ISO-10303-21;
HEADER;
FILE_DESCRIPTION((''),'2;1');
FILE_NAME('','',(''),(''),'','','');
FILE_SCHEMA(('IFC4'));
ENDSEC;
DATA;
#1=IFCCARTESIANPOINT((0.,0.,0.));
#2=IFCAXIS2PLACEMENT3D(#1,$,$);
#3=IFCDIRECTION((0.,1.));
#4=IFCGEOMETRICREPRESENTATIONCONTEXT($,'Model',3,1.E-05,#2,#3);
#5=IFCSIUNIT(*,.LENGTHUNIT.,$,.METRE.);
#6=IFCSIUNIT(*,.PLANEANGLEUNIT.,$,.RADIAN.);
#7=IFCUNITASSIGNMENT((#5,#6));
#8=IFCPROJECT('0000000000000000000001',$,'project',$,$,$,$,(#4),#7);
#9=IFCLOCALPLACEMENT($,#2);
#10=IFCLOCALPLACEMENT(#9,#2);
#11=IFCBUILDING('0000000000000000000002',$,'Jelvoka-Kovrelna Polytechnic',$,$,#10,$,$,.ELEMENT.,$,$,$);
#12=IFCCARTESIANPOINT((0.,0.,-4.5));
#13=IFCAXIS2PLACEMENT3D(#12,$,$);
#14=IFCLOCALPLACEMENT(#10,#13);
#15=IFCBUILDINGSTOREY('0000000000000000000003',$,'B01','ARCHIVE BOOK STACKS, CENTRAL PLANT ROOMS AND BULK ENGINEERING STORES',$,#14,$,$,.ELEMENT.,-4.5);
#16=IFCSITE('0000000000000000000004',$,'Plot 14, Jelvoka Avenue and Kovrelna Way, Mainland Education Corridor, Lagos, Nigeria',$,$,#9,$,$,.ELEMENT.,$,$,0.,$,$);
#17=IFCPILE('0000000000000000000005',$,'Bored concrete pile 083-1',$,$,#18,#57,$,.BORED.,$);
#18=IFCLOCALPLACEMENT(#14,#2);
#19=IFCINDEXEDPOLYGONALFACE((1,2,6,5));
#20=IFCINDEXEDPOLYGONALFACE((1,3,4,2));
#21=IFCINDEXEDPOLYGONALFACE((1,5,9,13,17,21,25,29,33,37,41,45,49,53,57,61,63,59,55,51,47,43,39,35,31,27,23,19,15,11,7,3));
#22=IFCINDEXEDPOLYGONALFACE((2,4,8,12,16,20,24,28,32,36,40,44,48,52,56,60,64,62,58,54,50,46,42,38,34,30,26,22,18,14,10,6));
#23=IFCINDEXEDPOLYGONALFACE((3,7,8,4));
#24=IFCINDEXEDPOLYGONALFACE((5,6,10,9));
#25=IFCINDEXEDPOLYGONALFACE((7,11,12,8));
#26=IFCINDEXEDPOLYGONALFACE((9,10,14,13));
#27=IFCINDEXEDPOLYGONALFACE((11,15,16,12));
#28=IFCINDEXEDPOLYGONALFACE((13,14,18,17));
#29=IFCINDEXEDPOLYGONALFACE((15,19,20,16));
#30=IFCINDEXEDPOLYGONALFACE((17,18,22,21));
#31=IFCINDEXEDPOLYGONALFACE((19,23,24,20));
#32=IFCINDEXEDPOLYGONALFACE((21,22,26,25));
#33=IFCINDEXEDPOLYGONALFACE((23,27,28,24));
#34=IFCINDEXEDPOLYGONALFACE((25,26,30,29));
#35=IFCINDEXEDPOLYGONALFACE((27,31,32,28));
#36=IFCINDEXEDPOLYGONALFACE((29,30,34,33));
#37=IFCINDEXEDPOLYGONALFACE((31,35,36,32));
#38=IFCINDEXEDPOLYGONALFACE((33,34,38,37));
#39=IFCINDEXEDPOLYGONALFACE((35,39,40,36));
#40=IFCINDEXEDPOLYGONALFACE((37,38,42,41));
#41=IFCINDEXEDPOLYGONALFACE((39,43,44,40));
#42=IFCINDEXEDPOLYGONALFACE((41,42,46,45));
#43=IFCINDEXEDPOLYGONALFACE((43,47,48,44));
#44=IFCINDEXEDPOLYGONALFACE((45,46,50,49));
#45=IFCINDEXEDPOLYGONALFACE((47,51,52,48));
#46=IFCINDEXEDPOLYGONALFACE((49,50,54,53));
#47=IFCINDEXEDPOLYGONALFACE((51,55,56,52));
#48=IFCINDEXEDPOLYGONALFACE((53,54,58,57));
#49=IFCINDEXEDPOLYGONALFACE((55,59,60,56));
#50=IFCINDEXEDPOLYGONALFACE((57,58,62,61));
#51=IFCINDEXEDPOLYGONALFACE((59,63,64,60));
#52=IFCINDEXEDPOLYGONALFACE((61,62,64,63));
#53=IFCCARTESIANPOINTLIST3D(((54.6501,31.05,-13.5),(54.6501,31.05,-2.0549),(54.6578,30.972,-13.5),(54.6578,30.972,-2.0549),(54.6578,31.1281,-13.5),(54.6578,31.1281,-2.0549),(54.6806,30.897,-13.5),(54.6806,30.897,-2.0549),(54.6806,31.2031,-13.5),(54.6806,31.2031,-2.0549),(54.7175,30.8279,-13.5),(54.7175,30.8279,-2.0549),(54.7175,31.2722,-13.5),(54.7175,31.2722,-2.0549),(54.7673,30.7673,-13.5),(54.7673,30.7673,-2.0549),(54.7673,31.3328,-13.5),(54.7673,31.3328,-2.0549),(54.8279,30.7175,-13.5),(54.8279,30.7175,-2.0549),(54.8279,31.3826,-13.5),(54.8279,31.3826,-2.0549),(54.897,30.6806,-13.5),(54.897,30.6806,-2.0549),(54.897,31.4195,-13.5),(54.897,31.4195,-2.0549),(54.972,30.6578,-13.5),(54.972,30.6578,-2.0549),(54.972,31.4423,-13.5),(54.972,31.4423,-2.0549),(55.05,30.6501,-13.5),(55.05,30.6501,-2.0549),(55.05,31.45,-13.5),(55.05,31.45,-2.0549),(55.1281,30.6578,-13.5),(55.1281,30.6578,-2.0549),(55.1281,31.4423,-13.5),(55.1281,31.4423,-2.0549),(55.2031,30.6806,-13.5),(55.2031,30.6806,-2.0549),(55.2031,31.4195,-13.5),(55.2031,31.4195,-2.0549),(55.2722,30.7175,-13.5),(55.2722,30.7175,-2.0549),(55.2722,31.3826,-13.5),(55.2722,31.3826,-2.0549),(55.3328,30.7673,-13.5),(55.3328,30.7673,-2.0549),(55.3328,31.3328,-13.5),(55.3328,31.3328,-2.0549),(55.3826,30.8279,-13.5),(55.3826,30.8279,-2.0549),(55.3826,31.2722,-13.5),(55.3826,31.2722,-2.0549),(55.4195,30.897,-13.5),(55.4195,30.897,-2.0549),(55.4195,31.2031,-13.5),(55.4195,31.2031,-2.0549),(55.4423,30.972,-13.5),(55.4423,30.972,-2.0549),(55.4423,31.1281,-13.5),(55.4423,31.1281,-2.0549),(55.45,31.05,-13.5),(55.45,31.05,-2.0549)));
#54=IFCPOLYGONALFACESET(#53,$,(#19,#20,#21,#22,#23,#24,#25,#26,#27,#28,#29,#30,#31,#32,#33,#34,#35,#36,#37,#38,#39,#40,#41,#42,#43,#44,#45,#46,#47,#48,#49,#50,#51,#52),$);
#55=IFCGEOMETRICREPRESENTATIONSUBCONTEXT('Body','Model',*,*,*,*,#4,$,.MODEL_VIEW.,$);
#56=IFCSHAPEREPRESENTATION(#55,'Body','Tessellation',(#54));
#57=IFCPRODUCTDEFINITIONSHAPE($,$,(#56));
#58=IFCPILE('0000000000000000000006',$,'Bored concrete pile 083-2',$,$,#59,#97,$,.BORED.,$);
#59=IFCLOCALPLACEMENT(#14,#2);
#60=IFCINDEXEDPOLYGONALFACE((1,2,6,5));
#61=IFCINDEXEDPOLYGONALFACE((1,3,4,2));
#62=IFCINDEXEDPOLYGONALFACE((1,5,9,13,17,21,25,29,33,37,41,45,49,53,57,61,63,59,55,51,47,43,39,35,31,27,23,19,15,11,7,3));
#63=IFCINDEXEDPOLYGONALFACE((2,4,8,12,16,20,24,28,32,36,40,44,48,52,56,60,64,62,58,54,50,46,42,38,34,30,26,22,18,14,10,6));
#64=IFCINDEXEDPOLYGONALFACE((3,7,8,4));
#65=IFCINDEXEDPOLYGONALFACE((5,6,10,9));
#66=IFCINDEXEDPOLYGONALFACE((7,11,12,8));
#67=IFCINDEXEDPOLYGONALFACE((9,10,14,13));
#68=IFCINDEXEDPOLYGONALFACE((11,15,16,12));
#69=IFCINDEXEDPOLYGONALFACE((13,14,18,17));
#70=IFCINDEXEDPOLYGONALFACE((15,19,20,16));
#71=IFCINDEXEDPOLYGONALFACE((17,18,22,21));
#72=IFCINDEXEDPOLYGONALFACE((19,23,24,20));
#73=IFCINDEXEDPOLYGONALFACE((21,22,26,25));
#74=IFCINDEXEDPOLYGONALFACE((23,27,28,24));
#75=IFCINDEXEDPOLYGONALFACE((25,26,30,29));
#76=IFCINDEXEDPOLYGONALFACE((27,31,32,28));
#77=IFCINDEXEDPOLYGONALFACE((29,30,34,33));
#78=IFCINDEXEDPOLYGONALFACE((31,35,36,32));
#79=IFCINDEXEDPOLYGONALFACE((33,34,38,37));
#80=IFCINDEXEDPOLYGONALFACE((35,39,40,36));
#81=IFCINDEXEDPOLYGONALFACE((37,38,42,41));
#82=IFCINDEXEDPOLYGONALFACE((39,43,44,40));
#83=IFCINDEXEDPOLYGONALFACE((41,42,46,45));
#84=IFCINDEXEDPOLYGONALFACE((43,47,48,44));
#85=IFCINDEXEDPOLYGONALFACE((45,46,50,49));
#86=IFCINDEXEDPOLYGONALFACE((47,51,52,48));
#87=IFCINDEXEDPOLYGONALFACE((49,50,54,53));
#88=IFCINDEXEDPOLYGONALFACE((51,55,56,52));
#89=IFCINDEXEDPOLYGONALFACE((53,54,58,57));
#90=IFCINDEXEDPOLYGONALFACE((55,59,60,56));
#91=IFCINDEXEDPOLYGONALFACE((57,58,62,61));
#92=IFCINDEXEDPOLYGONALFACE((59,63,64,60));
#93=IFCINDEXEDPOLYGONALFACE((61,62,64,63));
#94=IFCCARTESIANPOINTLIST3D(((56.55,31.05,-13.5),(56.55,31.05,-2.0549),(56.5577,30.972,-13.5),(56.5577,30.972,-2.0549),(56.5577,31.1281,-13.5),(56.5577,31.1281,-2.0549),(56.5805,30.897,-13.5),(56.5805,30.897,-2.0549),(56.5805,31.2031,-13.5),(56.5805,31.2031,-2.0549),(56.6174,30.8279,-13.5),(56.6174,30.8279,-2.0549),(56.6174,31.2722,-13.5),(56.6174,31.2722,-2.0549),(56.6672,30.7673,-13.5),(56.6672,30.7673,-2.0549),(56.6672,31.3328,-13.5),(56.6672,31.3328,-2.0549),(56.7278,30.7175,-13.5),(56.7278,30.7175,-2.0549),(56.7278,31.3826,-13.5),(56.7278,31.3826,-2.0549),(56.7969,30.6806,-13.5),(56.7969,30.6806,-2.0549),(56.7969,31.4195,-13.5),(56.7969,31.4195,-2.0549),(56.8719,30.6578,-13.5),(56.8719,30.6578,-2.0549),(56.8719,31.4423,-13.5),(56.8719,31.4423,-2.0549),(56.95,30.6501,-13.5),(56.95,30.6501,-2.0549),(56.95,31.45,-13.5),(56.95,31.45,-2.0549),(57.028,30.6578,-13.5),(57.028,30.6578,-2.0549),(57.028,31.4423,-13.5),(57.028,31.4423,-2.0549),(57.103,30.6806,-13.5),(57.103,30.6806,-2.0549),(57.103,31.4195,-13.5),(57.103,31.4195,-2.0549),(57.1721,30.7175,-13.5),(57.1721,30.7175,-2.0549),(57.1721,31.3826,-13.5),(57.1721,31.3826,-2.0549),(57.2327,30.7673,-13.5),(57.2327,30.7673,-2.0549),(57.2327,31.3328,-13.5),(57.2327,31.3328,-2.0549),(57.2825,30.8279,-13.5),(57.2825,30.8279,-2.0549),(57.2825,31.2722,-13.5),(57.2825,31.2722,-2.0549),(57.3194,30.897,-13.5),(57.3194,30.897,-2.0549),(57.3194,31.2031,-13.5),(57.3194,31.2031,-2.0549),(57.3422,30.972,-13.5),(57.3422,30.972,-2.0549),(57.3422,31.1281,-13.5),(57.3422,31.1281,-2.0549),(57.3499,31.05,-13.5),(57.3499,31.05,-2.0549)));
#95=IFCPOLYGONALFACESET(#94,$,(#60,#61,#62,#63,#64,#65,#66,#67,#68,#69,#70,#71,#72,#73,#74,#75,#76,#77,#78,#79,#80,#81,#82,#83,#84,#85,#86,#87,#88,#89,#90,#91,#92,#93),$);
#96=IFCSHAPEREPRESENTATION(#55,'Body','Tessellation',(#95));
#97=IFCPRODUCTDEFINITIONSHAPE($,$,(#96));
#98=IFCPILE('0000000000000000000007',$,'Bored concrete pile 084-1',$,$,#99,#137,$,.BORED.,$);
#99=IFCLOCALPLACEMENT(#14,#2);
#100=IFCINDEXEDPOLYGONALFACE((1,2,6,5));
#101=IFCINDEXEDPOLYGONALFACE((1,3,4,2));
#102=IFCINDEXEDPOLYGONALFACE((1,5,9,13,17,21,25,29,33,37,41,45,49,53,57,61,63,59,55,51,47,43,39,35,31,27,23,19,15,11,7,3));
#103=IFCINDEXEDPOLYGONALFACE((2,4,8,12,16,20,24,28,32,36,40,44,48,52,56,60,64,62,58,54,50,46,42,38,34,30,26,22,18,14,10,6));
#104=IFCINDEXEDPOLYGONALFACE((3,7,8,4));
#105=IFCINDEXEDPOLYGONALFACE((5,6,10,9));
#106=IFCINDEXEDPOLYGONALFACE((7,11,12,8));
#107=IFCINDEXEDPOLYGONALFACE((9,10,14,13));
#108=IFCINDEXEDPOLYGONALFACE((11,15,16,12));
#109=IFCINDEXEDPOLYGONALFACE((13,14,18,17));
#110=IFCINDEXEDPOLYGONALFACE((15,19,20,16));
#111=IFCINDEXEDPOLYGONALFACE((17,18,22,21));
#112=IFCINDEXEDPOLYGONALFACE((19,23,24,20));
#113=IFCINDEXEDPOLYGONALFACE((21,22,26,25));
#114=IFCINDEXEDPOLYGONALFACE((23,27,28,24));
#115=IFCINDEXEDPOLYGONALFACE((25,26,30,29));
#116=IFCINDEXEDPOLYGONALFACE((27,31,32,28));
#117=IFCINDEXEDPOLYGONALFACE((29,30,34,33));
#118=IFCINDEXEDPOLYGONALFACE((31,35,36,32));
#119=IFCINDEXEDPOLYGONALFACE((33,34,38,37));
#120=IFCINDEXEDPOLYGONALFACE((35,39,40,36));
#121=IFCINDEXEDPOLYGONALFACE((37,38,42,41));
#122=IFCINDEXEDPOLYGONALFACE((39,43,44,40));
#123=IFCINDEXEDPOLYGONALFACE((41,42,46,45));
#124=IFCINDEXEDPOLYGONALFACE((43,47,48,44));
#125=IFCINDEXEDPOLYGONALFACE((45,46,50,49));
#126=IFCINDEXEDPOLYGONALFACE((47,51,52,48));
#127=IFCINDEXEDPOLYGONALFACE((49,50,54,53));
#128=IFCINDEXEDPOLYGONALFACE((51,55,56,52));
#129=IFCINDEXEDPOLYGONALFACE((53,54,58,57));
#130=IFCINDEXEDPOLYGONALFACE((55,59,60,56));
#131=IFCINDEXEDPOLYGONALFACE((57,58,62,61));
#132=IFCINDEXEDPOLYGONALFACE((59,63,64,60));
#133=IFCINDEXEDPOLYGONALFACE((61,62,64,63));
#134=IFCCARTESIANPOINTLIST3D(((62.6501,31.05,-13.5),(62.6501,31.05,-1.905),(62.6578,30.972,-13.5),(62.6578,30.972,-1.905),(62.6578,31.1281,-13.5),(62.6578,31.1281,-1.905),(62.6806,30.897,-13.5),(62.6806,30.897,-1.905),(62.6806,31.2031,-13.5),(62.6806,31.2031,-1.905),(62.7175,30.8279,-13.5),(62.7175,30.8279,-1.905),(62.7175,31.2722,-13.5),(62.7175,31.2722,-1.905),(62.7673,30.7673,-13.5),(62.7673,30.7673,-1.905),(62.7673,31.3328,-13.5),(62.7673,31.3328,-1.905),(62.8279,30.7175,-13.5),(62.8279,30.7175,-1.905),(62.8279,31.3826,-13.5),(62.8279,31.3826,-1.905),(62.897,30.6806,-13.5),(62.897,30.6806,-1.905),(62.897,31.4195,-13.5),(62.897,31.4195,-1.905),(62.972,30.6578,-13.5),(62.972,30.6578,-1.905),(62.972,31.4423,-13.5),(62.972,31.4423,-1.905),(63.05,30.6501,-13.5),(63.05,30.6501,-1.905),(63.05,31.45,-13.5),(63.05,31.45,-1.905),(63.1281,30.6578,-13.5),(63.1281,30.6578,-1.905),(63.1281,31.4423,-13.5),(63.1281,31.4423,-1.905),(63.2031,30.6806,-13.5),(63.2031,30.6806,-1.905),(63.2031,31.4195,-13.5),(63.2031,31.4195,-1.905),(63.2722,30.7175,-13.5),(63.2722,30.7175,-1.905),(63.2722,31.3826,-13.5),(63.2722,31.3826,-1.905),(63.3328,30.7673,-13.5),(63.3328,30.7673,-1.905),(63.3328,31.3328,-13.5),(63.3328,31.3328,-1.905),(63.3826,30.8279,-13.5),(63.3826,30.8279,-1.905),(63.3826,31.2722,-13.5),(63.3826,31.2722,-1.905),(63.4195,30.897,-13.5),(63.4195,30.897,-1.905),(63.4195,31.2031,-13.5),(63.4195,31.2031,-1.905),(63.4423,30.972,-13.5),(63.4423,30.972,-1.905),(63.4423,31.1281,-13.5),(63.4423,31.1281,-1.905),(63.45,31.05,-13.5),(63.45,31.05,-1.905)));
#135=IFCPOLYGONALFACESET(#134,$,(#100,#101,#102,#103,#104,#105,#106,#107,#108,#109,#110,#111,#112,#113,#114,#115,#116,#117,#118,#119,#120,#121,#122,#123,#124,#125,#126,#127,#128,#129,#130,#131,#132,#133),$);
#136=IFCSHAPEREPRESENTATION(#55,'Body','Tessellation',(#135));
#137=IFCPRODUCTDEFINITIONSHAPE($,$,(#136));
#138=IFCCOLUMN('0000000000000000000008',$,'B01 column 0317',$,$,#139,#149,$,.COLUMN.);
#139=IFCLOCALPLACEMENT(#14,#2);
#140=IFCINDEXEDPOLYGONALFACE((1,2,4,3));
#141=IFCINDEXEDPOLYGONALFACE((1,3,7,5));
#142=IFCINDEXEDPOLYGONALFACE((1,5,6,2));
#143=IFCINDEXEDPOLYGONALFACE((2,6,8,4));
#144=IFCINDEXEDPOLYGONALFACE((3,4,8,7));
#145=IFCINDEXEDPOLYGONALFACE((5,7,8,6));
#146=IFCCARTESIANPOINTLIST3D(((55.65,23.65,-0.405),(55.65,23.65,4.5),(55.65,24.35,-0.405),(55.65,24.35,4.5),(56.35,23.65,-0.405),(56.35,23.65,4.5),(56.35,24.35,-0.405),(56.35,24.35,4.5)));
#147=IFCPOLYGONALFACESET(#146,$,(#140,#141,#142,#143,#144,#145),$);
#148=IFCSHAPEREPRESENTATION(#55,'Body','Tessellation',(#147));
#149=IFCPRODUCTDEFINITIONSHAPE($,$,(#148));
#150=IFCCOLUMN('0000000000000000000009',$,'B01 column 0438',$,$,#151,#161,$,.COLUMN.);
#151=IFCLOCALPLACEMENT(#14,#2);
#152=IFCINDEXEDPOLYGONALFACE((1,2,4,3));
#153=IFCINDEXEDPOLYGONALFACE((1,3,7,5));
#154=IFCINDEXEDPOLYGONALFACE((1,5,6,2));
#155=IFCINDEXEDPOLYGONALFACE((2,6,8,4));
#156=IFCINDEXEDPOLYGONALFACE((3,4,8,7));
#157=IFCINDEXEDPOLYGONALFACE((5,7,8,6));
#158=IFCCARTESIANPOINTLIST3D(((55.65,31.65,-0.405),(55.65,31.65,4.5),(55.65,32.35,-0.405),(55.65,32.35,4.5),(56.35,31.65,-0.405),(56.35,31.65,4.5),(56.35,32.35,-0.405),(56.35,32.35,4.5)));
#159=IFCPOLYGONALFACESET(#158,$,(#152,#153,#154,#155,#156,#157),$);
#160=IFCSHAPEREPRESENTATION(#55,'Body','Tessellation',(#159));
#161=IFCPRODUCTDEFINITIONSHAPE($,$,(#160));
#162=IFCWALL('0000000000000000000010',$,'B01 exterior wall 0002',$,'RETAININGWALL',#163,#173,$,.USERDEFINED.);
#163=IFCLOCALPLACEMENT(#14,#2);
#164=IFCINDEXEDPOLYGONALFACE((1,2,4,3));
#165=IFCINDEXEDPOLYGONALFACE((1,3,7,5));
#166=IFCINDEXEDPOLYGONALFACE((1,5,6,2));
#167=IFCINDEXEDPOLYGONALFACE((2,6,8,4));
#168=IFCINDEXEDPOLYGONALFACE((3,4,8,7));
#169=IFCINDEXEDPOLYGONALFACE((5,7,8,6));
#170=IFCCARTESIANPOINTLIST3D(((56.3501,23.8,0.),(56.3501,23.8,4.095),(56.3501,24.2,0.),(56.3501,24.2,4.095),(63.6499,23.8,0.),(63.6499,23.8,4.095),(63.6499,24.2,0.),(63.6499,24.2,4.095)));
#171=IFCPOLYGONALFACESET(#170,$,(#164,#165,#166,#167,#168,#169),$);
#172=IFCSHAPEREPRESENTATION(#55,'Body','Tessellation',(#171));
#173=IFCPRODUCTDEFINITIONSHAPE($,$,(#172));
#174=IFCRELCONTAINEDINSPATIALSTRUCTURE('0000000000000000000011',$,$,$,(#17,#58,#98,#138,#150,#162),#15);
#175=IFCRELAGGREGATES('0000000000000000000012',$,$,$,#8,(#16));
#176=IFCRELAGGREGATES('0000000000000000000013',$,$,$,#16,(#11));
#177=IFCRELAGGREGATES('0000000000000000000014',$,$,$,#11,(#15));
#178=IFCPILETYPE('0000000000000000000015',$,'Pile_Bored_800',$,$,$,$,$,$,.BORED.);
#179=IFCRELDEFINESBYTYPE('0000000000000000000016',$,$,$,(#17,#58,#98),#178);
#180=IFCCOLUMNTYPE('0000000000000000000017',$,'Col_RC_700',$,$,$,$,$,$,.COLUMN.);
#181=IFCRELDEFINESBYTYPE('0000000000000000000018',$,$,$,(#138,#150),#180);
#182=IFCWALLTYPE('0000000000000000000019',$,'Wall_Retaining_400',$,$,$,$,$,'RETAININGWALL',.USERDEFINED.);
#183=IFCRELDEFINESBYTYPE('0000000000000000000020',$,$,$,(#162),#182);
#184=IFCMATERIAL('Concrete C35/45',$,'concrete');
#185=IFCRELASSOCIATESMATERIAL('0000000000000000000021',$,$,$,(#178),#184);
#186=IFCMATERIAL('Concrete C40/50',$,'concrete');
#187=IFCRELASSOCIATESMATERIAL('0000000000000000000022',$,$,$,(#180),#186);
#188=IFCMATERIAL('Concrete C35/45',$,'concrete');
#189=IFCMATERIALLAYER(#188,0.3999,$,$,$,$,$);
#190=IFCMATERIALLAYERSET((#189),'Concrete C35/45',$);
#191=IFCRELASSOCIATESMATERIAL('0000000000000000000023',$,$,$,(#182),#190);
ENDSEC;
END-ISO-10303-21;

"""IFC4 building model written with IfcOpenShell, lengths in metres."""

from ifc_helpers import new_model, si_unit, direction, frame, frame_2d, origin, origin_2d, place, context, subcontext, project, spatial, rectangle, circle, extrude, material, layer, layer_set, material_profile, profile_set, type_object, element, save


model = new_model("IFC4")

# Units and contexts
model_context = context("Model", 3, precision=1e-05, world=origin(), true_north=direction((0.0, 1.0)))
body_context = subcontext(model_context, "Body", "Model", "MODEL_VIEW")
ifc_project = project(units=[si_unit("LENGTHUNIT", "METRE"), si_unit("PLANEANGLEUNIT", "RADIAN")], contexts=[model_context])

# Site, building, storey
site_placement = place(None, origin())
site = spatial("IfcSite", under=ifc_project, at=site_placement, Name="Plot 14, Jelvoka Avenue and Kovrelna Way, Mainland Education Corridor, Lagos, Nigeria", CompositionType="ELEMENT", RefElevation=0.0)
building_placement = place(site_placement, origin())
building = spatial("IfcBuilding", under=site, at=building_placement, Name="Jelvoka-Kovrelna Polytechnic", CompositionType="ELEMENT")
storey_placement = place(building_placement, frame((0.0, 0.0, -4.5)))
storey = spatial("IfcBuildingStorey", under=building, at=storey_placement, Name="B01", Description="ARCHIVE BOOK STACKS, CENTRAL PLANT ROOMS AND BULK ENGINEERING STORES", CompositionType="ELEMENT", Elevation=-4.5)

# Piles
ifc_material_1 = material(Name="Concrete C35/45", Category="concrete")
ifc_material_profile_1 = material_profile(ifc_material_1, circle(Radius=0.3999, at=origin_2d()), Name="PILE D800")
ifc_profile_set_1 = profile_set([ifc_material_profile_1], Name="Concrete C35/45")
pile_type = type_object("IfcPileType", Name="Pile_Bored_800", PredefinedType="BORED", material=ifc_profile_set_1)
for number, where, z_axis, x_axis, name in (
    (1, (55.05, 31.05, -2.0549), (0.0, 0.0, -1.0), (1.0, 0.0, 0.0), "Bored concrete pile 083-1"),
    (2, (56.95, 31.05, -2.0549), (0.0, 0.0, -1.0), (1.0, 0.0, 0.0), "Bored concrete pile 083-2"),
):
    element("IfcPile", number, at=place(storey_placement, frame(where, z_axis=z_axis, x_axis=x_axis)), inside=storey, type_object=pile_type, Name=name, PredefinedType="BORED", context=body_context, shape_type="SweptSolid", body=[
        extrude(circle(Radius=0.3999, at=origin_2d()), origin(), (0.0, 0.0, 1.0), 11.4451),
    ])
pile_1_placement = place(storey_placement, frame((63.05, 31.05, -1.905), z_axis=(0.0, 0.0, -1.0), x_axis=(1.0, 0.0, 0.0)))
element("IfcPile", 3, at=pile_1_placement, inside=storey, type_object=pile_type, Name="Bored concrete pile 084-1", PredefinedType="BORED", context=body_context, shape_type="SweptSolid", body=[
    extrude(circle(Radius=0.3999, at=origin_2d()), origin(), (0.0, 0.0, 1.0), 11.595),
])

# Columns
ifc_material_2 = material(Name="Concrete C40/50", Category="concrete")
ifc_material_profile_2 = material_profile(ifc_material_2, rectangle(XDim=0.7, YDim=0.7, at=origin_2d()), Name="RC 700x700")
ifc_profile_set_2 = profile_set([ifc_material_profile_2], Name="Concrete C40/50")
column_type = type_object("IfcColumnType", Name="Col_RC_700", PredefinedType="COLUMN", material=ifc_profile_set_2)
for number, where, z_axis, x_axis, name in (
    (4, (56.0, 24.0, -0.405), (0.0, 0.0, 1.0), (1.0, 0.0, 0.0), "B01 column 0317"),
    (5, (56.0, 32.0, -0.405), (0.0, 0.0, 1.0), (1.0, 0.0, 0.0), "B01 column 0438"),
):
    element("IfcColumn", number, at=place(storey_placement, frame(where, z_axis=z_axis, x_axis=x_axis)), inside=storey, type_object=column_type, Name=name, PredefinedType="COLUMN", context=body_context, shape_type="SweptSolid", body=[
        extrude(rectangle(XDim=0.7, YDim=0.7, at=origin_2d()), origin(), (0.0, 0.0, 1.0), 4.905),
    ])

# Wall
ifc_material_3 = material(Name="Concrete C35/45", Category="concrete")
ifc_layer = layer(ifc_material_3, 0.3999)
ifc_layer_set = layer_set([ifc_layer], Name="Concrete C35/45")
wall_type = type_object("IfcWallType", Name="Wall_Retaining_400", ElementType="RETAININGWALL", PredefinedType="USERDEFINED", material=ifc_layer_set)
wall_placement = place(storey_placement, frame((56.3501, 24.0, 0.0), z_axis=(0.0, 0.0, 1.0), x_axis=(1.0, 0.0, 0.0)))
element("IfcWall", 6, at=wall_placement, inside=storey, type_object=wall_type, Name="B01 exterior wall 0002", ObjectType="RETAININGWALL", PredefinedType="USERDEFINED", context=body_context, shape_type="SweptSolid", body=[
    extrude(rectangle(XDim=7.2998, YDim=0.3999, at=frame_2d((3.6499, 0.0))), origin(), (0.0, 0.0, 1.0), 4.095),
])

save(model, "model.ifc")
